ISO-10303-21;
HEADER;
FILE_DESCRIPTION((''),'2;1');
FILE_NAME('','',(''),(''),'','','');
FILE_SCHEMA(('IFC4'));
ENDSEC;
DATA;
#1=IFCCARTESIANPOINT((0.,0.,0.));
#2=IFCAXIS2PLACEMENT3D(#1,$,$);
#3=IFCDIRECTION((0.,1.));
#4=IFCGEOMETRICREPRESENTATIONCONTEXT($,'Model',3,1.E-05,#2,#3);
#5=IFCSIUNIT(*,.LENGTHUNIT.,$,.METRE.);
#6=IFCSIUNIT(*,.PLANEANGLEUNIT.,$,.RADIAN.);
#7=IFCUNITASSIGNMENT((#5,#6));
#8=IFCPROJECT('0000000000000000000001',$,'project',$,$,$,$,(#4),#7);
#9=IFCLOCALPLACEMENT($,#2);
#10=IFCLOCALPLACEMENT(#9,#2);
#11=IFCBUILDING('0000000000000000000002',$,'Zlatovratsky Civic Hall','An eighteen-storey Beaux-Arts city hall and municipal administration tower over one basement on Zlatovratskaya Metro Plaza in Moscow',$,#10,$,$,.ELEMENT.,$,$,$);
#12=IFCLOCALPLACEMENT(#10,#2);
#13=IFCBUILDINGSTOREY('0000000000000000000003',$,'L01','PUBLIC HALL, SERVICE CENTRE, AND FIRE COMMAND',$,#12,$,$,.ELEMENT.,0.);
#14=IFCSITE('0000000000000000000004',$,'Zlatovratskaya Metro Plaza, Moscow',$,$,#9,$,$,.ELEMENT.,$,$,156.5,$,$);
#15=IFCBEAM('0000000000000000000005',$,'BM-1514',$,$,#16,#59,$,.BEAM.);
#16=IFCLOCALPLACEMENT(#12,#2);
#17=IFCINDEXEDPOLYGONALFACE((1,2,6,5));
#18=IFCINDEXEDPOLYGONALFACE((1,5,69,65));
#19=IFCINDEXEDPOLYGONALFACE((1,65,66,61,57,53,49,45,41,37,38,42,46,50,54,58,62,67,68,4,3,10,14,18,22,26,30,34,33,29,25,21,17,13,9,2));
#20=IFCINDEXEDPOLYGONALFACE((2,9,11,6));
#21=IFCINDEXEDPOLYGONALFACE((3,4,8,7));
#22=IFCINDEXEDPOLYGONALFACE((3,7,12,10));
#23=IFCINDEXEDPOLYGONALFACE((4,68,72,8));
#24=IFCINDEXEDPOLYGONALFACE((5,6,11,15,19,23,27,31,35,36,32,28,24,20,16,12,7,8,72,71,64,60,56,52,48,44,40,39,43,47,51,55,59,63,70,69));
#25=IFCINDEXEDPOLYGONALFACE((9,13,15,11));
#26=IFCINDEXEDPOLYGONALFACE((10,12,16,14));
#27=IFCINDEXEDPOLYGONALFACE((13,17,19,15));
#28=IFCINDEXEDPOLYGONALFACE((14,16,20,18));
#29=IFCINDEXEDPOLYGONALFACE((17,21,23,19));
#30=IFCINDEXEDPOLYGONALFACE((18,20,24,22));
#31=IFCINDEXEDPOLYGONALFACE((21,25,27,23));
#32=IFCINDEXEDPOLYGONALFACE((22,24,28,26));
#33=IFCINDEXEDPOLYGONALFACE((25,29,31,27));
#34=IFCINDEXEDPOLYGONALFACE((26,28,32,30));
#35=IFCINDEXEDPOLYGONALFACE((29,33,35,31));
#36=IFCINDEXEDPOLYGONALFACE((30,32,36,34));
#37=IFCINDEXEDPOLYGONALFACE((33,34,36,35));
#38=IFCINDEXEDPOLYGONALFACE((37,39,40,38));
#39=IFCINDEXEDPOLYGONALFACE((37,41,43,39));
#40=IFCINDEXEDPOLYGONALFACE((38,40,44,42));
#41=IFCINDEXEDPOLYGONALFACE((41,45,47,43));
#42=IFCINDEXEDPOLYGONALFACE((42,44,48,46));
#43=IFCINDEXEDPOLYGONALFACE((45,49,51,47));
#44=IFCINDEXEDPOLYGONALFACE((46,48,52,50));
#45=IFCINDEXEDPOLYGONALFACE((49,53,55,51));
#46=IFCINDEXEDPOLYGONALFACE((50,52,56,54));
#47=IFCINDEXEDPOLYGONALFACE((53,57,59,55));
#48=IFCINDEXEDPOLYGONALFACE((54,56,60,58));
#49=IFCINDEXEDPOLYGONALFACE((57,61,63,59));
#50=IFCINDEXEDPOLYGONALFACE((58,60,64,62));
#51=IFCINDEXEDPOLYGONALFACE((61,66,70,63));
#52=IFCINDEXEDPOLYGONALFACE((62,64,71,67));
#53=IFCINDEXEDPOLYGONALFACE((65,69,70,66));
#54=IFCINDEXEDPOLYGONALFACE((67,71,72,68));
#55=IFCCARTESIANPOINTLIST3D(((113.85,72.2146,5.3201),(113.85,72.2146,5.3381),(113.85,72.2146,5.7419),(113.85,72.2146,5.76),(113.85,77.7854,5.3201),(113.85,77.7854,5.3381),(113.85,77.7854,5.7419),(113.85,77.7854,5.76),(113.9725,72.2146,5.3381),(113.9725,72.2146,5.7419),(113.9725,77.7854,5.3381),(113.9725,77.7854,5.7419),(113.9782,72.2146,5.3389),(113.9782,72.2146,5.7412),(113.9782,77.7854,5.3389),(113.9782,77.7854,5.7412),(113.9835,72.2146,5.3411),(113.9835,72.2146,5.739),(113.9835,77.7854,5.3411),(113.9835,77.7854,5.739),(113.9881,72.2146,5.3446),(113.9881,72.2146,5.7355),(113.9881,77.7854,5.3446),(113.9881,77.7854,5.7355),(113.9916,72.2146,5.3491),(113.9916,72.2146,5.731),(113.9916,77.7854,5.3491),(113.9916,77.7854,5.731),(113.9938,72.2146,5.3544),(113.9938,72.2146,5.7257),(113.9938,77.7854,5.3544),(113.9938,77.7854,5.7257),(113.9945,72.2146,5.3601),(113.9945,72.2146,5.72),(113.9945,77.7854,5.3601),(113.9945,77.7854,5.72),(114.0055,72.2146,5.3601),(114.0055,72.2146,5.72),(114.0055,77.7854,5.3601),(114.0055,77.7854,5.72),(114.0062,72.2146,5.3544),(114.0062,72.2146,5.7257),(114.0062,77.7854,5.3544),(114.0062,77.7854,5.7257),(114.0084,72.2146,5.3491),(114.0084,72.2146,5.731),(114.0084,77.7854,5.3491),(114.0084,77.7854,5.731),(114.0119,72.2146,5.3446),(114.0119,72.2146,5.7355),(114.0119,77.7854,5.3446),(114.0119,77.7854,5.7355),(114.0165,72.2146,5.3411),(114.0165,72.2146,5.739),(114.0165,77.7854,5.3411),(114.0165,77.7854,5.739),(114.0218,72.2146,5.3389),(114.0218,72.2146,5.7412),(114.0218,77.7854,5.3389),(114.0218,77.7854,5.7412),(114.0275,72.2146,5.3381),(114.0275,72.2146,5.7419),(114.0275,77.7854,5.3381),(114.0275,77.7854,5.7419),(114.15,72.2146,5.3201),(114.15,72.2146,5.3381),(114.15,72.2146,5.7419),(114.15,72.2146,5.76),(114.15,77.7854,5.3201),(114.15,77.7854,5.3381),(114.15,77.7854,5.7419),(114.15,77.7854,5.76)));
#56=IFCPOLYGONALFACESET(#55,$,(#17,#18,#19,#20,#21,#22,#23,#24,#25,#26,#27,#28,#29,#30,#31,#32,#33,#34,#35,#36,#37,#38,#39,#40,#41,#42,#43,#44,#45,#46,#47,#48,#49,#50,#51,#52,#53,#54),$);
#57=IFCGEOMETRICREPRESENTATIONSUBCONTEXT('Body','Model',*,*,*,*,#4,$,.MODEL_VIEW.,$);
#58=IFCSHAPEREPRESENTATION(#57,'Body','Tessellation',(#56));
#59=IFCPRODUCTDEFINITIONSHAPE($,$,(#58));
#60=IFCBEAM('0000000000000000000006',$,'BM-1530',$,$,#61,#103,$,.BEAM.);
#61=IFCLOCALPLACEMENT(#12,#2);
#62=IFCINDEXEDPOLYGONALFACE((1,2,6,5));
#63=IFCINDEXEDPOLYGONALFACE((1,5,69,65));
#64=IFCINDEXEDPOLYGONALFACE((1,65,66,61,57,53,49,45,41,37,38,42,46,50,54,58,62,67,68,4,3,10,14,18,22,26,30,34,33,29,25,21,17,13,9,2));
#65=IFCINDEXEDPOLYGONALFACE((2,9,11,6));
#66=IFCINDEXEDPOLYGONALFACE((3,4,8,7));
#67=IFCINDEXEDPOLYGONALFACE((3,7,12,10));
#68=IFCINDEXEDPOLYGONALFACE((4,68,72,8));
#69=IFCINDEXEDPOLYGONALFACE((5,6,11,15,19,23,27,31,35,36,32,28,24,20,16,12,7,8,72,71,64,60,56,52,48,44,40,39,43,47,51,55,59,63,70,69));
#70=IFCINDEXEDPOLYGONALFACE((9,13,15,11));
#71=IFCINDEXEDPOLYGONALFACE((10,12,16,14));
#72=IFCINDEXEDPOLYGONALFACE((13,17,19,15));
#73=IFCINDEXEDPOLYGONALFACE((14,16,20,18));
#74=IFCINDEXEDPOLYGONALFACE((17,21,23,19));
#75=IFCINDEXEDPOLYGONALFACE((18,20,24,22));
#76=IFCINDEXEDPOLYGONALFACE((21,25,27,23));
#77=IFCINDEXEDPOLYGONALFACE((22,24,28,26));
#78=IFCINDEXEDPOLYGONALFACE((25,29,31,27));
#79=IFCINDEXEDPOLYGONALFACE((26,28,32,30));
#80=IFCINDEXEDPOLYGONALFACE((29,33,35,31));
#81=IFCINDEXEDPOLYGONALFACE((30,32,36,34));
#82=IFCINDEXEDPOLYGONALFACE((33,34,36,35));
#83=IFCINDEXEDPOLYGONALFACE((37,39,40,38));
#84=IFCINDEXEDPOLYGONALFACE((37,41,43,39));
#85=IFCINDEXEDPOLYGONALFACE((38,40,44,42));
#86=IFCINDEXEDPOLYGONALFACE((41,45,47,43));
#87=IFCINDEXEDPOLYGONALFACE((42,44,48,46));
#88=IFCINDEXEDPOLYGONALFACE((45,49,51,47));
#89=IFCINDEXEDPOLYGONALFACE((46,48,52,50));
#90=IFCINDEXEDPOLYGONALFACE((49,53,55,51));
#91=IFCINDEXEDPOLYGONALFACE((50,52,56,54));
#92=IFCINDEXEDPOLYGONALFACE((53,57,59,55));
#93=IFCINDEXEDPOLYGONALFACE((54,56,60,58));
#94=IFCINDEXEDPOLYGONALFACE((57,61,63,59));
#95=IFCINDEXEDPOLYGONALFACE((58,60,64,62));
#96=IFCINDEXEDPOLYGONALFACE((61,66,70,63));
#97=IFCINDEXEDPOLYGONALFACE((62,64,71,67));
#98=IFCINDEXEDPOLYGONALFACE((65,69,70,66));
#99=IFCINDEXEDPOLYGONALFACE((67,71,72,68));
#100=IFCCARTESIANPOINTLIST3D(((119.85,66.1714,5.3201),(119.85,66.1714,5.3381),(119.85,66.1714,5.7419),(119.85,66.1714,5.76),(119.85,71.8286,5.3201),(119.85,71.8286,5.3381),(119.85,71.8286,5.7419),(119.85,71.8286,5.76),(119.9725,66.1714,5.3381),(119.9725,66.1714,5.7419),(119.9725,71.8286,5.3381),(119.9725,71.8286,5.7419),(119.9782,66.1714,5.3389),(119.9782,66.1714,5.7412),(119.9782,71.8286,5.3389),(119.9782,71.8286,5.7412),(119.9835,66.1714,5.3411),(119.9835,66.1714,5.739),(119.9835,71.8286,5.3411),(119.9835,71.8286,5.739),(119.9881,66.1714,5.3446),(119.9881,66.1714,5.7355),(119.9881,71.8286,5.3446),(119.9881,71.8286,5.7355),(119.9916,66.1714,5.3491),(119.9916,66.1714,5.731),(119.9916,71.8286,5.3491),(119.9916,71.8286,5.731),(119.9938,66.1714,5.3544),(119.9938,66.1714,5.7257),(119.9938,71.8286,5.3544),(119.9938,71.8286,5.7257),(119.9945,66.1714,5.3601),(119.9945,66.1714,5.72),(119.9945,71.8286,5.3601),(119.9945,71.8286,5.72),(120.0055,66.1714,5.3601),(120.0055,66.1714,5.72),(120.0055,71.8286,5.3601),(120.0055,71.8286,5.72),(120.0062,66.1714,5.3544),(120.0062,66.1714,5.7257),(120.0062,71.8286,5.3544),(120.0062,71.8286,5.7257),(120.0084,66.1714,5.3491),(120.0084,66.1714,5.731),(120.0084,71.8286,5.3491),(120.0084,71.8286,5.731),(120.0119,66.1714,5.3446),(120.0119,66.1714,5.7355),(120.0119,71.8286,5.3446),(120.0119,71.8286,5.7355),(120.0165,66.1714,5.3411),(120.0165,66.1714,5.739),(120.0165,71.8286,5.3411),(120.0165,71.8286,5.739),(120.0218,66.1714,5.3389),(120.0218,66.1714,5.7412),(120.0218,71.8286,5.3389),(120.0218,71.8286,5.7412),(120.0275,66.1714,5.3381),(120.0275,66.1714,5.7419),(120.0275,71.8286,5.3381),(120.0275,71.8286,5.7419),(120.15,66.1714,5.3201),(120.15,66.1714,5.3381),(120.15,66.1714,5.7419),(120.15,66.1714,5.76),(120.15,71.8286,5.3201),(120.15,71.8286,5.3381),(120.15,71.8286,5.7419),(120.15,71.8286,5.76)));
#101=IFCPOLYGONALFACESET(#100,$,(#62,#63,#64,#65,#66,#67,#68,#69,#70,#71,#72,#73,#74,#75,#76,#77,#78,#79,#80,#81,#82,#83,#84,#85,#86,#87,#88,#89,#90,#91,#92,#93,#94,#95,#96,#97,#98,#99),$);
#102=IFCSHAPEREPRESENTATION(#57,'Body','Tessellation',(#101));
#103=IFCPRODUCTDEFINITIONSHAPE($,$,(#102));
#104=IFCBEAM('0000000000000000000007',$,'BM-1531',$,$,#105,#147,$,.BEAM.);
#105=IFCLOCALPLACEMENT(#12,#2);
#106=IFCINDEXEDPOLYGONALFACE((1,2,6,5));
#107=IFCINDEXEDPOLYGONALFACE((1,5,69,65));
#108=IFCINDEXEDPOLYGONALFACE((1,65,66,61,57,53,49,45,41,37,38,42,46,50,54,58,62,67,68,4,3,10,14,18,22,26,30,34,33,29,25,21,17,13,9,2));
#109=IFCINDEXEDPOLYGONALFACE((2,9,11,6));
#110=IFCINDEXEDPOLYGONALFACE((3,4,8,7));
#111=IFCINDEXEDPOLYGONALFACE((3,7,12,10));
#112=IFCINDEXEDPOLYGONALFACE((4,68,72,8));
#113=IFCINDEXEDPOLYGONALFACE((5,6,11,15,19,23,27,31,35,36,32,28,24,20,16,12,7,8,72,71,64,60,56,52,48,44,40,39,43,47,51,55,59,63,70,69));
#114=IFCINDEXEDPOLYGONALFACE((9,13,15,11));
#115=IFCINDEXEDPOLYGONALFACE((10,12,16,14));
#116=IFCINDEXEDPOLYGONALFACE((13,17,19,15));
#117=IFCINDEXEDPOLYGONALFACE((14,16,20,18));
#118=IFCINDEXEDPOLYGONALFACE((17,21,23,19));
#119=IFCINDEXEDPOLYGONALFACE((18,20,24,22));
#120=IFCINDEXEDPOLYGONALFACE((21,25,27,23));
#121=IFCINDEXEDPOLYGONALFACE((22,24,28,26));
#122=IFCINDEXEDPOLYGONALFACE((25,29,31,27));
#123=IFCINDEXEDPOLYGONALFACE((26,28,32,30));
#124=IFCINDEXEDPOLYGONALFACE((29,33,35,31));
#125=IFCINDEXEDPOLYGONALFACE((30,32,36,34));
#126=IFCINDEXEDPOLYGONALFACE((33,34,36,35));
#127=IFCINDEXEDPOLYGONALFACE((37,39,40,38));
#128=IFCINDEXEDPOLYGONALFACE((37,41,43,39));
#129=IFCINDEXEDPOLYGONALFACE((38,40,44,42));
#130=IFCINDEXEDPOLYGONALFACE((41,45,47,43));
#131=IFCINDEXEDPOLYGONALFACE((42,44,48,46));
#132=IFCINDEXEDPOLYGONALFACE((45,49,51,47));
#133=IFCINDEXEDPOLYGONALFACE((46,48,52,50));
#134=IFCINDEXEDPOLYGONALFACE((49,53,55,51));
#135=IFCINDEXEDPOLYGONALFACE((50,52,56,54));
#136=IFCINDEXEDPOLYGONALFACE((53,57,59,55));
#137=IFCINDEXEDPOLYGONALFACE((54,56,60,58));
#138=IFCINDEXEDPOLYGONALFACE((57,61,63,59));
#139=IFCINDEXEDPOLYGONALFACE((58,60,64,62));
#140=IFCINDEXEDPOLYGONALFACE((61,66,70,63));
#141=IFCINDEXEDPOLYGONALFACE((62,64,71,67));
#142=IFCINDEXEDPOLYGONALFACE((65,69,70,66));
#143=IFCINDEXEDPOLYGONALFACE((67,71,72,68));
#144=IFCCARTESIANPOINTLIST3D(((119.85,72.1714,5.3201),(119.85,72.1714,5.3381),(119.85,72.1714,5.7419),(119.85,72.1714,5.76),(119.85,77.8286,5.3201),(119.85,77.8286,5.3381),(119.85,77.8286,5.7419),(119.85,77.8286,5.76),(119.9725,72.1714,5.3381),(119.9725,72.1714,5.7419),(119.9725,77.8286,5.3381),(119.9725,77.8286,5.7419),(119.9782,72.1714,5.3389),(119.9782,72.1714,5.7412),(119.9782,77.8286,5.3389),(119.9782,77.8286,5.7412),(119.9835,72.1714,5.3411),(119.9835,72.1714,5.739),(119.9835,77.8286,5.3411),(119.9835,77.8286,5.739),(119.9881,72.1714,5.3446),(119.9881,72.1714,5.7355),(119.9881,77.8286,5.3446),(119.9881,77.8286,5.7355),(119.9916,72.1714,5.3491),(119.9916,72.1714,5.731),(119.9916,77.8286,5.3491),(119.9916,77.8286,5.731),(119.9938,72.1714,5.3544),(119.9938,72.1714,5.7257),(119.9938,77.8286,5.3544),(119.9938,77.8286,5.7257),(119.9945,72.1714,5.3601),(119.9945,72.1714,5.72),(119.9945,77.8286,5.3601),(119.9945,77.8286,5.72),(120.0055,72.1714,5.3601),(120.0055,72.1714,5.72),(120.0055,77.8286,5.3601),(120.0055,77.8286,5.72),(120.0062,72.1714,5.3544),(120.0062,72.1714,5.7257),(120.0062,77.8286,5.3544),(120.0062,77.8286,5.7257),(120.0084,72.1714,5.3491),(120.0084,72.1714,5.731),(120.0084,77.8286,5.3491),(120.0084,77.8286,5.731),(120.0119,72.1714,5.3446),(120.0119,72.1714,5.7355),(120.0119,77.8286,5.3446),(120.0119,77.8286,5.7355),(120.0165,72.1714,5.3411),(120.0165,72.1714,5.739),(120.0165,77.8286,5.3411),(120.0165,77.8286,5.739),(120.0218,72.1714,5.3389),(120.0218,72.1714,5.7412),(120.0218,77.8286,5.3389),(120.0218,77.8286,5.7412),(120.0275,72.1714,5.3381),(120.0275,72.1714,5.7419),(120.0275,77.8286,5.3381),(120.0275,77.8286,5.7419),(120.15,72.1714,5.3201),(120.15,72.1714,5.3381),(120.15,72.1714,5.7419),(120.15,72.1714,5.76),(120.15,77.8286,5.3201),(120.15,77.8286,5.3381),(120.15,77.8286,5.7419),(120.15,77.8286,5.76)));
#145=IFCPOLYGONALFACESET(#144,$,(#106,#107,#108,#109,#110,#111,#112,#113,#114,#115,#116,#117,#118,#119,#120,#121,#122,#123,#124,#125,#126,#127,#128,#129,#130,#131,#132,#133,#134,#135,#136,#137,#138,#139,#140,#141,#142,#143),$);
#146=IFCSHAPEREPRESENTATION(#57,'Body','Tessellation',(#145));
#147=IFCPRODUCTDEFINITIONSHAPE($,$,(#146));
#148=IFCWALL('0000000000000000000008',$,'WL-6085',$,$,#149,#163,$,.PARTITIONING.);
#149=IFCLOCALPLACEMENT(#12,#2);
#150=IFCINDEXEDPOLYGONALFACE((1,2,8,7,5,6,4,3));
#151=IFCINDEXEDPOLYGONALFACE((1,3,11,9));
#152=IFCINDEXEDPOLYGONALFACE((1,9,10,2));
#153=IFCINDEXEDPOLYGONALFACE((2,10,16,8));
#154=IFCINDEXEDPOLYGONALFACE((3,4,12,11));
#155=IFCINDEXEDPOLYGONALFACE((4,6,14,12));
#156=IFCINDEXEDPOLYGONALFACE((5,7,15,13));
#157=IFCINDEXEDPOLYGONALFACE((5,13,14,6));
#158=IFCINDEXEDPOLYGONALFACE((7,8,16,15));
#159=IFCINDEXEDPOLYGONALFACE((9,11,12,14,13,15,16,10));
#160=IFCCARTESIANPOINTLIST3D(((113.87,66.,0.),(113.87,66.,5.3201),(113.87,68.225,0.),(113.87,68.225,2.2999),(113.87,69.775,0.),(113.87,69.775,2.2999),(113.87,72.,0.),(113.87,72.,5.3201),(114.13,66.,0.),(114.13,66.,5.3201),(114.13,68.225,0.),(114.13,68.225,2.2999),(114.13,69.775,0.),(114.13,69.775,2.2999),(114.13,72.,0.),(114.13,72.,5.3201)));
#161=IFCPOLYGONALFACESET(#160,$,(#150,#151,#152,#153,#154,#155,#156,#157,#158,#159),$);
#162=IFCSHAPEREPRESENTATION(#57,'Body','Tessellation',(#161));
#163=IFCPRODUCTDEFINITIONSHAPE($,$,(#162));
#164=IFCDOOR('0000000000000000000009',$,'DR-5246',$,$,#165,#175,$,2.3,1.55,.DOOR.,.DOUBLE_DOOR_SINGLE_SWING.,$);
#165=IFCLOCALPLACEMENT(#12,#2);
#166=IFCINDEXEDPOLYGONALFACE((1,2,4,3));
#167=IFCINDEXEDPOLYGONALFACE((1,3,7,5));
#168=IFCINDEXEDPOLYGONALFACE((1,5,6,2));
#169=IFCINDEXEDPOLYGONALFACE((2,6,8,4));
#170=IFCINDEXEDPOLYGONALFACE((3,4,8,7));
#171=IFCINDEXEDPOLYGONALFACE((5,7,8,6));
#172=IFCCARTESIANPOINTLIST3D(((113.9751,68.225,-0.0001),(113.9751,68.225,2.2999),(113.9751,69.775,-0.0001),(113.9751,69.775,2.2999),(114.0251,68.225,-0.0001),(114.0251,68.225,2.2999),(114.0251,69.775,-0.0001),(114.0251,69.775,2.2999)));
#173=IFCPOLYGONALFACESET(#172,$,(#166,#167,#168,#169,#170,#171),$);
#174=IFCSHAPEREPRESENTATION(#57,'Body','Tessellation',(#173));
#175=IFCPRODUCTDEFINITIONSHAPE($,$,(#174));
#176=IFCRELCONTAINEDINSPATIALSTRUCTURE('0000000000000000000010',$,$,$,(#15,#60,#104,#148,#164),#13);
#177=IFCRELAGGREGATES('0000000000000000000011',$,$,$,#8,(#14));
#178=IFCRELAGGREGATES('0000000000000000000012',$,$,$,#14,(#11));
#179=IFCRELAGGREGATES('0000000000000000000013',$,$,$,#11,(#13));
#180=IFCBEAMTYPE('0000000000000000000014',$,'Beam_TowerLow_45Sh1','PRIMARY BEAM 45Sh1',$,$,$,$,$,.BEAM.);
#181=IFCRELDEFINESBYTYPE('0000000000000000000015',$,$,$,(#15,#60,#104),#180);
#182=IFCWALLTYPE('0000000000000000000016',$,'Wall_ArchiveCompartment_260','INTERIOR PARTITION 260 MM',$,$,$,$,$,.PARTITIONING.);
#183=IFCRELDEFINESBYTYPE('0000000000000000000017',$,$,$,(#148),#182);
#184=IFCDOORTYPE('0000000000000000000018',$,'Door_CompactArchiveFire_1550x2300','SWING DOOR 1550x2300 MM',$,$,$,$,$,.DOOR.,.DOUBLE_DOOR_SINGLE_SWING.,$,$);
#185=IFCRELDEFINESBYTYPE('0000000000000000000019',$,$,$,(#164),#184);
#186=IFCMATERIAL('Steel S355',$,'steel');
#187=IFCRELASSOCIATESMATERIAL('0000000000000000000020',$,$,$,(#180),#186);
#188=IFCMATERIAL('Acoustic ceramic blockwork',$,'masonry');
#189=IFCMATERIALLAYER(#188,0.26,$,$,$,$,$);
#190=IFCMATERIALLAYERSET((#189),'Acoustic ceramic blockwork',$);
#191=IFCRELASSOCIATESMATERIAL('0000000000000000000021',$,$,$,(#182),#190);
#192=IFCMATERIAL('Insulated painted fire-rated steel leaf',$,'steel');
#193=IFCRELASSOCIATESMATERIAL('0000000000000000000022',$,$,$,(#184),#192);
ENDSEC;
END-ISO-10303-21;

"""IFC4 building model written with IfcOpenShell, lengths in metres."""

from ifc_helpers import new_model, si_unit, direction, frame, frame_2d, origin, origin_2d, place, context, subcontext, project, spatial, rectangle, i_section, extrude, material, layer, layer_set, material_profile, profile_set, type_object, element, fill, save


model = new_model("IFC4")

# Units and contexts
model_context = context("Model", 3, precision=1e-05, world=origin(), true_north=direction((0.0, 1.0)))
body_context = subcontext(model_context, "Body", "Model", "MODEL_VIEW")
ifc_project = project(units=[si_unit("LENGTHUNIT", "METRE"), si_unit("PLANEANGLEUNIT", "RADIAN")], contexts=[model_context])

# Site, building, storey
site_placement = place(None, origin())
site = spatial("IfcSite", under=ifc_project, at=site_placement, Name="Zlatovratskaya Metro Plaza, Moscow", CompositionType="ELEMENT", RefElevation=156.5)
building_placement = place(site_placement, origin())
building = spatial("IfcBuilding", under=site, at=building_placement, Name="Zlatovratsky Civic Hall", Description="An eighteen-storey Beaux-Arts city hall and municipal administration tower over one basement on Zlatovratskaya Metro Plaza in Moscow", CompositionType="ELEMENT")
storey_placement = place(building_placement, origin())
storey = spatial("IfcBuildingStorey", under=building, at=storey_placement, Name="L01", Description="PUBLIC HALL, SERVICE CENTRE, AND FIRE COMMAND", CompositionType="ELEMENT", Elevation=0.0)

# Shared definitions
ifc_material_1 = material(Name="Steel S355", Category="steel")

# Beams
ifc_material_profile_1 = material_profile(ifc_material_1, i_section(OverallWidth=0.3, OverallDepth=0.4399, WebThickness=0.011, FlangeThickness=0.0181, FilletRadius=0.022, at=origin_2d()), Name="45Sh1")
ifc_profile_set_1 = profile_set([ifc_material_profile_1], Name="Steel S355")
beam_type = type_object("IfcBeamType", Name="Beam_TowerLow_45Sh1", Description="PRIMARY BEAM 45Sh1", PredefinedType="BEAM", material=ifc_profile_set_1)
beam_1_placement = place(storey_placement, frame((114.0, 72.2146, 5.54), z_axis=(0.0, 1.0, 0.0), x_axis=(-1.0, 0.0, 0.0)))
element("IfcBeam", 1, at=beam_1_placement, inside=storey, type_object=beam_type, Name="BM-1514", PredefinedType="BEAM", context=body_context, shape_type="SweptSolid", body=[
    extrude(i_section(OverallWidth=0.3, OverallDepth=0.4399, WebThickness=0.011, FlangeThickness=0.0181, FilletRadius=0.022, at=origin_2d()), origin(), (0.0, 0.0, 1.0), 5.5708),
])
for number, where, z_axis, x_axis, name in (
    (2, (120.0, 66.1714, 5.54), (0.0, 1.0, 0.0), (-1.0, 0.0, 0.0), "BM-1530"),
    (3, (120.0, 72.1714, 5.54), (0.0, 1.0, 0.0), (-1.0, 0.0, 0.0), "BM-1531"),
):
    element("IfcBeam", number, at=place(storey_placement, frame(where, z_axis=z_axis, x_axis=x_axis)), inside=storey, type_object=beam_type, Name=name, PredefinedType="BEAM", context=body_context, shape_type="SweptSolid", body=[
        extrude(i_section(OverallWidth=0.3, OverallDepth=0.4399, WebThickness=0.011, FlangeThickness=0.0181, FilletRadius=0.022, at=origin_2d()), origin(), (0.0, 0.0, 1.0), 5.6572),
    ])

# Wall, opening, door
ifc_material_2 = material(Name="Acoustic ceramic blockwork", Category="masonry")
ifc_layer = layer(ifc_material_2, 0.26)
ifc_layer_set = layer_set([ifc_layer], Name="Acoustic ceramic blockwork")
wall_type = type_object("IfcWallType", Name="Wall_ArchiveCompartment_260", Description="INTERIOR PARTITION 260 MM", PredefinedType="PARTITIONING", material=ifc_layer_set)
wall_placement = place(storey_placement, frame((114.0, 66.0, 0.0), z_axis=(0.0, 0.0, 1.0), x_axis=(0.0, 1.0, 0.0)))
wall = element("IfcWall", 4, at=wall_placement, inside=storey, type_object=wall_type, Name="WL-6085", PredefinedType="PARTITIONING", context=body_context, shape_type="SweptSolid", body=[
    extrude(rectangle(XDim=6.0, YDim=0.26, at=frame_2d((3.0, 0.0))), origin(), (0.0, 0.0, 1.0), 5.3201),
])
opening_placement = place(wall_placement, frame((2.2251, 0.0, 0.0)))
opening = element("IfcOpeningElement", 5, at=opening_placement, cuts=wall, PredefinedType="OPENING", context=body_context, shape_type="SweptSolid", body=[
    extrude(rectangle(XDim=1.55, YDim=2.3, at=frame_2d((0.7749, 1.1499))), frame((0.0, 0.145, 0.0), z_axis=(0.0, -1.0, 0.0), x_axis=(1.0, 0.0, 0.0)), (0.0, 0.0, 1.0), 0.2898),
])
ifc_material_3 = material(Name="Insulated painted fire-rated steel leaf", Category="steel")
door_type = type_object("IfcDoorType", Name="Door_CompactArchiveFire_1550x2300", Description="SWING DOOR 1550x2300 MM", OperationType="DOUBLE_DOOR_SINGLE_SWING", PredefinedType="DOOR", material=ifc_material_3)
door_placement = place(opening_placement, origin())
door = element("IfcDoor", 6, at=door_placement, inside=storey, type_object=door_type, Name="DR-5246", OperationType="DOUBLE_DOOR_SINGLE_SWING", OverallHeight=2.3, OverallWidth=1.55, PredefinedType="DOOR", context=body_context, shape_type="SweptSolid", body=[
    extrude(rectangle(XDim=1.55, YDim=2.3, at=frame_2d((0.7749, 1.1499))), frame((0.0, 0.0249, 0.0), z_axis=(0.0, -1.0, 0.0), x_axis=(1.0, 0.0, 0.0)), (0.0, 0.0, 1.0), 0.05),
])
fill(opening, door)

save(model, "model.ifc")
